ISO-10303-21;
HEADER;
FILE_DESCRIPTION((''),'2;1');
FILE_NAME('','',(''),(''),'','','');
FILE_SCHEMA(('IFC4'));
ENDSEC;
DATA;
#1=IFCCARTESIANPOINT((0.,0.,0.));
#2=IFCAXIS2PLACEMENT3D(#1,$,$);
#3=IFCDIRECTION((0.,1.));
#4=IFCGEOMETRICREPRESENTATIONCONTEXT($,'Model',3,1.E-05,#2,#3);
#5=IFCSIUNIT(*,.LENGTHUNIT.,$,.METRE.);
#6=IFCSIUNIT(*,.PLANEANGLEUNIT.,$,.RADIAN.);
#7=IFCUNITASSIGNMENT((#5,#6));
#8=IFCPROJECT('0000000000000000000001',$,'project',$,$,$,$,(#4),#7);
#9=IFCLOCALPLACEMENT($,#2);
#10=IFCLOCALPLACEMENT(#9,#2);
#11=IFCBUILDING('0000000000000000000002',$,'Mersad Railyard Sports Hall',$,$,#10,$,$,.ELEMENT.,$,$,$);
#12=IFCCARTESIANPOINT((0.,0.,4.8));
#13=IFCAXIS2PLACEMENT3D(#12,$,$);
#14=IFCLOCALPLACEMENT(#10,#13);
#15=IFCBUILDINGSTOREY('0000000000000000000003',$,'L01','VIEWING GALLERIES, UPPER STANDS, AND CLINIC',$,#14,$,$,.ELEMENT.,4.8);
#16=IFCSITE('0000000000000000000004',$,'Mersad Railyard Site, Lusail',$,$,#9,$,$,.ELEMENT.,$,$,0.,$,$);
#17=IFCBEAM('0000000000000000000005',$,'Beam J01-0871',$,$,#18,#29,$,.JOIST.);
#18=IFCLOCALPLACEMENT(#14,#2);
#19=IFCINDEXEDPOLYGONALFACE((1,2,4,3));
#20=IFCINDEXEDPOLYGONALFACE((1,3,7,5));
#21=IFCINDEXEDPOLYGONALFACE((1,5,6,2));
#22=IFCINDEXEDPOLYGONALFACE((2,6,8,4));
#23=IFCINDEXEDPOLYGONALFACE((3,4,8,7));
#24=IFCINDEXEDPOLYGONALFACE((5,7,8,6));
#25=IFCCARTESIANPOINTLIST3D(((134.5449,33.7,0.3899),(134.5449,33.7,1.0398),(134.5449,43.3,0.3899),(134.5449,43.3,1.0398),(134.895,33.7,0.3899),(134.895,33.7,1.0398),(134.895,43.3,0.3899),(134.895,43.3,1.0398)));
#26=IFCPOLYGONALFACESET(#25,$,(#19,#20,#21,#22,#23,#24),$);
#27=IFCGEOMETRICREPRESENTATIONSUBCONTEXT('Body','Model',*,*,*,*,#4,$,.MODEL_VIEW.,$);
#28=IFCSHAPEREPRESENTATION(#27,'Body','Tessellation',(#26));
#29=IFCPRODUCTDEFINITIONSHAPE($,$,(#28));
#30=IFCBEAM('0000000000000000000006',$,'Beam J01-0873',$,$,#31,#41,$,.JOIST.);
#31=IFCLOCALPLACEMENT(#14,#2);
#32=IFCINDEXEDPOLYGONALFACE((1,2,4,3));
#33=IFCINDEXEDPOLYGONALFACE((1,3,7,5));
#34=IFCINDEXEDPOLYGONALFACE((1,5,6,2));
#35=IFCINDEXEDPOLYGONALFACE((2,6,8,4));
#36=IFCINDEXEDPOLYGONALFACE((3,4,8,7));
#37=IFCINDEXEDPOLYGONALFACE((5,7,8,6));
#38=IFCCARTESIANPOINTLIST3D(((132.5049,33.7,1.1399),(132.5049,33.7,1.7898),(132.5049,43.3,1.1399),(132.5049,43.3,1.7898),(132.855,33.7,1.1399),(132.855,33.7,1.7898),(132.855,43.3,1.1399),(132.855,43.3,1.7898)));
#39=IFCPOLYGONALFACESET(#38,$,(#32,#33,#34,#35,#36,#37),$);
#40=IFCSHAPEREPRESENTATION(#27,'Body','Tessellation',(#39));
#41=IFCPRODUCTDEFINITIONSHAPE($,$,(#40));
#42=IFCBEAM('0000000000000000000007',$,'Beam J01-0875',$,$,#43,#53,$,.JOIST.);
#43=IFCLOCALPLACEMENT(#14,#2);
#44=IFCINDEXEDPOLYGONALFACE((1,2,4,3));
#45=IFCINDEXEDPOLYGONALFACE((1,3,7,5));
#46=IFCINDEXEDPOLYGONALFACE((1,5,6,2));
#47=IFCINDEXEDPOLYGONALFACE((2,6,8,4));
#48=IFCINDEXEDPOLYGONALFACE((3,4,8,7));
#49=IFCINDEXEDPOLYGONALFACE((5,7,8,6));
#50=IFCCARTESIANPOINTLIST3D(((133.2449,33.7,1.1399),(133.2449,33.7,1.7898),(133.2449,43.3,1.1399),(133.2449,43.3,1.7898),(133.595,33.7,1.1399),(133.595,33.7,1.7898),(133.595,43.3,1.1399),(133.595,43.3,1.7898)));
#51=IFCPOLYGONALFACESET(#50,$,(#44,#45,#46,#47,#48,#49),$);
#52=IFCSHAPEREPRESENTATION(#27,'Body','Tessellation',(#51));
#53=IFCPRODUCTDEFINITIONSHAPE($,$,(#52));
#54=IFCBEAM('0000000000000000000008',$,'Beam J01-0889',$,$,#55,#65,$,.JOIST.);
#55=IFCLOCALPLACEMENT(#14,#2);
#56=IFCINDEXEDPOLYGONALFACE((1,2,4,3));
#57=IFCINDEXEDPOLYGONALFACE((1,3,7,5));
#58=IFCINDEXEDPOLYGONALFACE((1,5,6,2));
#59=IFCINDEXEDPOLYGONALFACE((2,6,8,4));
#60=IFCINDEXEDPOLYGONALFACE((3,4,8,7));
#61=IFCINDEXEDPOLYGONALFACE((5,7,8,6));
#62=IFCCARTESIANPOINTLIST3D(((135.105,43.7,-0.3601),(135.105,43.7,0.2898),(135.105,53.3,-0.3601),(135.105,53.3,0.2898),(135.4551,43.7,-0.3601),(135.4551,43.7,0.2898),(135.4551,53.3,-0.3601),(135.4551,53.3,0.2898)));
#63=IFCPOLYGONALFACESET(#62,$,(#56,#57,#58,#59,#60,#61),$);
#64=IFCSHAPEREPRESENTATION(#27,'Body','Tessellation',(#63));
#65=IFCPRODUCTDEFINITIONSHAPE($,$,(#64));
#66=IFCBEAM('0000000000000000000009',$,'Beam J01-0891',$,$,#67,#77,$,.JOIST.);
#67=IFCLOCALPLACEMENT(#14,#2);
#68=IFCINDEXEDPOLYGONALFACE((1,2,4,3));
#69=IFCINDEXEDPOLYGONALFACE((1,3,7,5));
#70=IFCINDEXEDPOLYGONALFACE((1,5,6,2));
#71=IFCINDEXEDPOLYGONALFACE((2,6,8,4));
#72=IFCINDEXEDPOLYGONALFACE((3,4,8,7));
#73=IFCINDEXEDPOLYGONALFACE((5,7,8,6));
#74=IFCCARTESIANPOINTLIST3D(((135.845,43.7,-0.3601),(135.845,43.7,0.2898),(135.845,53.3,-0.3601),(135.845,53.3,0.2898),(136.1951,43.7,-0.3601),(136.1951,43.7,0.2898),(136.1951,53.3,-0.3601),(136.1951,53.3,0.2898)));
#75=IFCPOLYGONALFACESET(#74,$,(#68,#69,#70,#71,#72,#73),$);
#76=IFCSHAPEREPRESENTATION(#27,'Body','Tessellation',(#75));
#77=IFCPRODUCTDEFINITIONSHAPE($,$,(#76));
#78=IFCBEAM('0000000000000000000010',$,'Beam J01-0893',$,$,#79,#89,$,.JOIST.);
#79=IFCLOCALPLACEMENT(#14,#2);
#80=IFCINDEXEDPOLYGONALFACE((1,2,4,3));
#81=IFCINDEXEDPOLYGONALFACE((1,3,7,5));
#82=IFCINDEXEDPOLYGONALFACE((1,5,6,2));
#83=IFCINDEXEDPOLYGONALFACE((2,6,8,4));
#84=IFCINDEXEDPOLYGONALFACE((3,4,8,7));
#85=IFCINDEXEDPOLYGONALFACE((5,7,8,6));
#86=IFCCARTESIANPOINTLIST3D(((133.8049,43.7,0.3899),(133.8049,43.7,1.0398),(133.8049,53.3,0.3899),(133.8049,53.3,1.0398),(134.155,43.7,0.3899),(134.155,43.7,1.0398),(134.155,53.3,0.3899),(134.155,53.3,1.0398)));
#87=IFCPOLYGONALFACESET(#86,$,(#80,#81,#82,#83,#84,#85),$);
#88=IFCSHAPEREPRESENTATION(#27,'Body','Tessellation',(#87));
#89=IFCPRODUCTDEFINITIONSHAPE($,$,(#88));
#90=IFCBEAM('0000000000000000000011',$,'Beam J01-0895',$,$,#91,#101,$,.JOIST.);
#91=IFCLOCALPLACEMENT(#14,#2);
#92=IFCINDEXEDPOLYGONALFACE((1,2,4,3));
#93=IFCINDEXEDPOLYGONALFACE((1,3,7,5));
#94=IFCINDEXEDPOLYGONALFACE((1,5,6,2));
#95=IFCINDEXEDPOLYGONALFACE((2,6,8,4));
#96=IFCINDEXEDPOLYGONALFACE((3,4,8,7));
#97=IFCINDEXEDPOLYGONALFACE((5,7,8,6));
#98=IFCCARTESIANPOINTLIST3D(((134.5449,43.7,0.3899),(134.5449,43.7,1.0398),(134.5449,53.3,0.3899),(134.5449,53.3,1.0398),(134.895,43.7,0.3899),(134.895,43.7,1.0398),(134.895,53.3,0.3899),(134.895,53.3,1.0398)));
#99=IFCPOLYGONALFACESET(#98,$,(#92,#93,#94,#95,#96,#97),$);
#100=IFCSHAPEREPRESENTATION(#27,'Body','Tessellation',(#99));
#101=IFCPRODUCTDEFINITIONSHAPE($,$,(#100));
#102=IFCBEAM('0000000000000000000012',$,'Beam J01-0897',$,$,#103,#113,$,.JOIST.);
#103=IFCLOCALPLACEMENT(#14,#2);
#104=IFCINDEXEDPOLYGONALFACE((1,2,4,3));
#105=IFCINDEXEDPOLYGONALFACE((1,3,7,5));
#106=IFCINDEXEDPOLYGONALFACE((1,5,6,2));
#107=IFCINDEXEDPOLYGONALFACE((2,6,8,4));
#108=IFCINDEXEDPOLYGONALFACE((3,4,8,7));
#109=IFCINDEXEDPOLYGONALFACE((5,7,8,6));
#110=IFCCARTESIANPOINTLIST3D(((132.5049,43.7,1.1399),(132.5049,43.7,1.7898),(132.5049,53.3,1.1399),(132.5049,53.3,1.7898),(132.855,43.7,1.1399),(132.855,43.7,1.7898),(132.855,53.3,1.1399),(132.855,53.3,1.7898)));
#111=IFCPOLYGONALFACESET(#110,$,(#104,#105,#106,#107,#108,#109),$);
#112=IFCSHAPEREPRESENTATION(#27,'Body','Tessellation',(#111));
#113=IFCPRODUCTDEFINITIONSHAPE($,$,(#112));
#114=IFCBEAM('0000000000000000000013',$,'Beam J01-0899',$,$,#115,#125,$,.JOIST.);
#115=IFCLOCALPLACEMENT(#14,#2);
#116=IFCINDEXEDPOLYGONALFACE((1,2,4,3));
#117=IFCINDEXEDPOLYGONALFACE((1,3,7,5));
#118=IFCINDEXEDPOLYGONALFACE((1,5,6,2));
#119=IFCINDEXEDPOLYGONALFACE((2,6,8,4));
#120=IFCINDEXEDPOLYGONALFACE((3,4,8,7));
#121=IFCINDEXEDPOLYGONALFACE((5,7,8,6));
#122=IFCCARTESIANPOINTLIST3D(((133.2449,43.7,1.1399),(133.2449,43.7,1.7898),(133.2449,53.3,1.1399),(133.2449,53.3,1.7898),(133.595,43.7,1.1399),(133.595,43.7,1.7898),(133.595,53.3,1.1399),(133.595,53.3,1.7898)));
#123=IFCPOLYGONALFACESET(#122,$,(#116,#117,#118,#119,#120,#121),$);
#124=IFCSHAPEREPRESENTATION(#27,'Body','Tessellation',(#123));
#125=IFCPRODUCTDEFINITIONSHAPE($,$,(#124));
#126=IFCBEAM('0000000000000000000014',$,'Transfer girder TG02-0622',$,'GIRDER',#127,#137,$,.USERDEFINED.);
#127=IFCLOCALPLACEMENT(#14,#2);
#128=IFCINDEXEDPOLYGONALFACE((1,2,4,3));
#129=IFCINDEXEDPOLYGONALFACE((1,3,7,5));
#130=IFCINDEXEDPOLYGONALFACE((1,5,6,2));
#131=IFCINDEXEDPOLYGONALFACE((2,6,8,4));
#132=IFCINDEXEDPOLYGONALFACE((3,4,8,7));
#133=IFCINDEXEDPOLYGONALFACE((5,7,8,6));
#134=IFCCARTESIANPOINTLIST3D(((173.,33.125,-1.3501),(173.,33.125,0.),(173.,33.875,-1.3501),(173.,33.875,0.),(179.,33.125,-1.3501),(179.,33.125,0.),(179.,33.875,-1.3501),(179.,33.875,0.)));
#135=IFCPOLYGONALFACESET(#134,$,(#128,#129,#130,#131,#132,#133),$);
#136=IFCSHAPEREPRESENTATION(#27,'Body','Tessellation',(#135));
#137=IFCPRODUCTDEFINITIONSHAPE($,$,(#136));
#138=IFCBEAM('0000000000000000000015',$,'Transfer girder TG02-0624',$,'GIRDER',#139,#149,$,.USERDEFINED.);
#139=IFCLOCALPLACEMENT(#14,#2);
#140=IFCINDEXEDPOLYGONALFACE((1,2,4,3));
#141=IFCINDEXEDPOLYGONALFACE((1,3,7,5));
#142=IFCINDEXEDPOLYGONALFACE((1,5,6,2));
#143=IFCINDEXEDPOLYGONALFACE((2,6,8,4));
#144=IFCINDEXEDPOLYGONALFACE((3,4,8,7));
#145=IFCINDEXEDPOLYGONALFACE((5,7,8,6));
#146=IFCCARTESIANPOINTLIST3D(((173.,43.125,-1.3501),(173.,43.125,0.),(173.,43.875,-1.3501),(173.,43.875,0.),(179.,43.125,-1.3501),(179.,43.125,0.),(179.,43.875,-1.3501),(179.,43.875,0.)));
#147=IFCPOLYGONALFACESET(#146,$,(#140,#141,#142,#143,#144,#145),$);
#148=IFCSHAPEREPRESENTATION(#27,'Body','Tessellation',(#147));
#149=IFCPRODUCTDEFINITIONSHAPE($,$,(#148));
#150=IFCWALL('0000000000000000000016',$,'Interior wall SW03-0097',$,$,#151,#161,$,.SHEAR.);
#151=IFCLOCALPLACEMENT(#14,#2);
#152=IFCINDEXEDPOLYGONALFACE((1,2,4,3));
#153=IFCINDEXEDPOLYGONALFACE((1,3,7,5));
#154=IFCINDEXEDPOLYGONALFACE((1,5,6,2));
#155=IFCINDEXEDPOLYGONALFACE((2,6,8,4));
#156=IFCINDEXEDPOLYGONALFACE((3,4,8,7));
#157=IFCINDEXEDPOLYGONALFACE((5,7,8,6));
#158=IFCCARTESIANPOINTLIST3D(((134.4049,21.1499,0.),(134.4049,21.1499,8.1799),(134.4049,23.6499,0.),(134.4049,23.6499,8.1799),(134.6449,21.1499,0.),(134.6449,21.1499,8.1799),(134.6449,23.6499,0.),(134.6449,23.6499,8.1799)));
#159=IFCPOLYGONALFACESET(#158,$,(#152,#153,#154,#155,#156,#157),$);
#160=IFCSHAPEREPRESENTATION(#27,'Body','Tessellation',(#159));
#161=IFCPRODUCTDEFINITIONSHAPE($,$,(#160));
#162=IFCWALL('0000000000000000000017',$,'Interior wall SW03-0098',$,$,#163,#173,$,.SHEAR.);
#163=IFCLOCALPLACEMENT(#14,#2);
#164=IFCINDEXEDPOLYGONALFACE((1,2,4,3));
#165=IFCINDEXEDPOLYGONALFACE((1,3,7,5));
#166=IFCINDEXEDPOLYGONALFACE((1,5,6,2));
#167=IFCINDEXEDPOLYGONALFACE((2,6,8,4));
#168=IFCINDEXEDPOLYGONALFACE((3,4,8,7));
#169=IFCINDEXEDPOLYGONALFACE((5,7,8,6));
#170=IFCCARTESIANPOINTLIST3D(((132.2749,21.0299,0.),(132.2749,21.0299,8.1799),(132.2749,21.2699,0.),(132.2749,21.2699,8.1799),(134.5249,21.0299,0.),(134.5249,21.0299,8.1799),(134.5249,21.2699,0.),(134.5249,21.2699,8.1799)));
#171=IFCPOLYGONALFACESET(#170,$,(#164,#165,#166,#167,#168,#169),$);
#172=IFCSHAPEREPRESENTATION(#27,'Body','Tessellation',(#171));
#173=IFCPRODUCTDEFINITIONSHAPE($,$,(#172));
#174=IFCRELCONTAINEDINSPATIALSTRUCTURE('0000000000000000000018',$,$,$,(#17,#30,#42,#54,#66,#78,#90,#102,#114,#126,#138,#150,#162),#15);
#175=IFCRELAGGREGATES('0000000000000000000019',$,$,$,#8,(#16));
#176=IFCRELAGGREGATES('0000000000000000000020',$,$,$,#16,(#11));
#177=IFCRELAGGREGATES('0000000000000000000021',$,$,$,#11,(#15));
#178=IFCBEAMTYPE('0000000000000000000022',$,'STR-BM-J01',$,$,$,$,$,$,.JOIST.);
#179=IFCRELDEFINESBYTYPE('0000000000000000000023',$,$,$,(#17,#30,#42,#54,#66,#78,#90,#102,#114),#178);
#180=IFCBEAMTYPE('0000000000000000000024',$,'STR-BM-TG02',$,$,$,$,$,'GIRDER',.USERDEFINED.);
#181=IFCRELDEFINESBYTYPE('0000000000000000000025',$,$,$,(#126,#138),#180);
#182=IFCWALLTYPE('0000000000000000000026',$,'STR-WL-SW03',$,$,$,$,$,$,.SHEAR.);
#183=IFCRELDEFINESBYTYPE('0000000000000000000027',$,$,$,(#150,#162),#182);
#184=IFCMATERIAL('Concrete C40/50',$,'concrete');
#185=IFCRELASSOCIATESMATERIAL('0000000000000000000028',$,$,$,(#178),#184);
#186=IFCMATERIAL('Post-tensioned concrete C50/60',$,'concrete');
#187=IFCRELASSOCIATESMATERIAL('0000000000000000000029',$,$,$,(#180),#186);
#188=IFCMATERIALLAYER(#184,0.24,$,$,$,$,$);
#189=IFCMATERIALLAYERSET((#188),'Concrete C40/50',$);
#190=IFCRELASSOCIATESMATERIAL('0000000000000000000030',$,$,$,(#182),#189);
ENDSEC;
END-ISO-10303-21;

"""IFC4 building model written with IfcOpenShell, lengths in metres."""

from ifc_helpers import new_model, si_unit, direction, frame, frame_2d, origin, origin_2d, place, context, subcontext, project, spatial, rectangle, extrude, material, layer, layer_set, material_profile, profile_set, type_object, element, save


model = new_model("IFC4")

# Units and contexts
model_context = context("Model", 3, precision=1e-05, world=origin(), true_north=direction((0.0, 1.0)))
body_context = subcontext(model_context, "Body", "Model", "MODEL_VIEW")
ifc_project = project(units=[si_unit("LENGTHUNIT", "METRE"), si_unit("PLANEANGLEUNIT", "RADIAN")], contexts=[model_context])

# Site, building, storey
site_placement = place(None, origin())
site = spatial("IfcSite", under=ifc_project, at=site_placement, Name="Mersad Railyard Site, Lusail", CompositionType="ELEMENT", RefElevation=0.0)
building_placement = place(site_placement, origin())
building = spatial("IfcBuilding", under=site, at=building_placement, Name="Mersad Railyard Sports Hall", CompositionType="ELEMENT")
storey_placement = place(building_placement, frame((0.0, 0.0, 4.8)))
storey = spatial("IfcBuildingStorey", under=building, at=storey_placement, Name="L01", Description="VIEWING GALLERIES, UPPER STANDS, AND CLINIC", CompositionType="ELEMENT", Elevation=4.8)

# Beams
ifc_material_1 = material(Name="Concrete C40/50", Category="concrete")
ifc_material_profile_1 = material_profile(ifc_material_1, rectangle(XDim=0.3501, YDim=0.6499, at=origin_2d()), Name="RC 350x650")
ifc_profile_set_1 = profile_set([ifc_material_profile_1], Name="Concrete C40/50")
beam_type_1 = type_object("IfcBeamType", Name="STR-BM-J01", PredefinedType="JOIST", material=ifc_profile_set_1)
for number, where, z_axis, x_axis, name in (
    (1, (134.72, 33.7, 0.7148), (0.0, 1.0, 0.0), (-1.0, 0.0, 0.0), "Beam J01-0871"),
    (2, (132.6799, 33.7, 1.4648), (0.0, 1.0, 0.0), (-1.0, 0.0, 0.0), "Beam J01-0873"),
    (3, (133.4199, 33.7, 1.4648), (0.0, 1.0, 0.0), (-1.0, 0.0, 0.0), "Beam J01-0875"),
    (4, (135.28, 43.7, -0.0352), (0.0, 1.0, 0.0), (-1.0, 0.0, 0.0), "Beam J01-0889"),
    (5, (136.02, 43.7, -0.0352), (0.0, 1.0, 0.0), (-1.0, 0.0, 0.0), "Beam J01-0891"),
    (6, (133.98, 43.7, 0.7148), (0.0, 1.0, 0.0), (-1.0, 0.0, 0.0), "Beam J01-0893"),
    (7, (134.72, 43.7, 0.7148), (0.0, 1.0, 0.0), (-1.0, 0.0, 0.0), "Beam J01-0895"),
    (8, (132.6799, 43.7, 1.4648), (0.0, 1.0, 0.0), (-1.0, 0.0, 0.0), "Beam J01-0897"),
    (9, (133.4199, 43.7, 1.4648), (0.0, 1.0, 0.0), (-1.0, 0.0, 0.0), "Beam J01-0899"),
):
    element("IfcBeam", number, at=place(storey_placement, frame(where, z_axis=z_axis, x_axis=x_axis)), inside=storey, type_object=beam_type_1, Name=name, PredefinedType="JOIST", context=body_context, shape_type="SweptSolid", body=[
        extrude(rectangle(XDim=0.3501, YDim=0.6499, at=origin_2d()), origin(), (0.0, 0.0, 1.0), 9.6001),
    ])
ifc_material_2 = material(Name="Post-tensioned concrete C50/60", Category="concrete")
ifc_material_profile_2 = material_profile(ifc_material_2, rectangle(XDim=0.75, YDim=1.3501, at=origin_2d()), Name="PT 750x1350")
ifc_profile_set_2 = profile_set([ifc_material_profile_2], Name="Post-tensioned concrete C50/60")
beam_type_2 = type_object("IfcBeamType", Name="STR-BM-TG02", ElementType="GIRDER", PredefinedType="USERDEFINED", material=ifc_profile_set_2)
for number, where, z_axis, x_axis, name in (
    (10, (173.0, 33.5, -0.675), (1.0, 0.0, 0.0), (0.0, 1.0, 0.0), "Transfer girder TG02-0622"),
    (11, (173.0, 43.5, -0.675), (1.0, 0.0, 0.0), (0.0, 1.0, 0.0), "Transfer girder TG02-0624"),
):
    element("IfcBeam", number, at=place(storey_placement, frame(where, z_axis=z_axis, x_axis=x_axis)), inside=storey, type_object=beam_type_2, Name=name, ObjectType="GIRDER", PredefinedType="USERDEFINED", context=body_context, shape_type="SweptSolid", body=[
        extrude(rectangle(XDim=0.75, YDim=1.3501, at=origin_2d()), origin(), (0.0, 0.0, 1.0), 6.0),
    ])

# Walls
ifc_layer = layer(ifc_material_1, 0.24)
ifc_layer_set = layer_set([ifc_layer], Name="Concrete C40/50")
wall_type = type_object("IfcWallType", Name="STR-WL-SW03", PredefinedType="SHEAR", material=ifc_layer_set)
wall_1_placement = place(storey_placement, frame((134.5249, 23.6499, 0.0), z_axis=(0.0, 0.0, 1.0), x_axis=(0.0, -1.0, 0.0)))
element("IfcWall", 12, at=wall_1_placement, inside=storey, type_object=wall_type, Name="Interior wall SW03-0097", PredefinedType="SHEAR", context=body_context, shape_type="SweptSolid", body=[
    extrude(rectangle(XDim=2.5, YDim=0.24, at=frame_2d((1.25, 0.0))), origin(), (0.0, 0.0, 1.0), 8.1799),
])
wall_2_placement = place(storey_placement, frame((134.5249, 21.1499, 0.0), z_axis=(0.0, 0.0, 1.0), x_axis=(-1.0, 0.0, 0.0)))
element("IfcWall", 13, at=wall_2_placement, inside=storey, type_object=wall_type, Name="Interior wall SW03-0098", PredefinedType="SHEAR", context=body_context, shape_type="SweptSolid", body=[
    extrude(rectangle(XDim=2.25, YDim=0.24, at=frame_2d((1.125, 0.0))), origin(), (0.0, 0.0, 1.0), 8.1799),
])

save(model, "model.ifc")
